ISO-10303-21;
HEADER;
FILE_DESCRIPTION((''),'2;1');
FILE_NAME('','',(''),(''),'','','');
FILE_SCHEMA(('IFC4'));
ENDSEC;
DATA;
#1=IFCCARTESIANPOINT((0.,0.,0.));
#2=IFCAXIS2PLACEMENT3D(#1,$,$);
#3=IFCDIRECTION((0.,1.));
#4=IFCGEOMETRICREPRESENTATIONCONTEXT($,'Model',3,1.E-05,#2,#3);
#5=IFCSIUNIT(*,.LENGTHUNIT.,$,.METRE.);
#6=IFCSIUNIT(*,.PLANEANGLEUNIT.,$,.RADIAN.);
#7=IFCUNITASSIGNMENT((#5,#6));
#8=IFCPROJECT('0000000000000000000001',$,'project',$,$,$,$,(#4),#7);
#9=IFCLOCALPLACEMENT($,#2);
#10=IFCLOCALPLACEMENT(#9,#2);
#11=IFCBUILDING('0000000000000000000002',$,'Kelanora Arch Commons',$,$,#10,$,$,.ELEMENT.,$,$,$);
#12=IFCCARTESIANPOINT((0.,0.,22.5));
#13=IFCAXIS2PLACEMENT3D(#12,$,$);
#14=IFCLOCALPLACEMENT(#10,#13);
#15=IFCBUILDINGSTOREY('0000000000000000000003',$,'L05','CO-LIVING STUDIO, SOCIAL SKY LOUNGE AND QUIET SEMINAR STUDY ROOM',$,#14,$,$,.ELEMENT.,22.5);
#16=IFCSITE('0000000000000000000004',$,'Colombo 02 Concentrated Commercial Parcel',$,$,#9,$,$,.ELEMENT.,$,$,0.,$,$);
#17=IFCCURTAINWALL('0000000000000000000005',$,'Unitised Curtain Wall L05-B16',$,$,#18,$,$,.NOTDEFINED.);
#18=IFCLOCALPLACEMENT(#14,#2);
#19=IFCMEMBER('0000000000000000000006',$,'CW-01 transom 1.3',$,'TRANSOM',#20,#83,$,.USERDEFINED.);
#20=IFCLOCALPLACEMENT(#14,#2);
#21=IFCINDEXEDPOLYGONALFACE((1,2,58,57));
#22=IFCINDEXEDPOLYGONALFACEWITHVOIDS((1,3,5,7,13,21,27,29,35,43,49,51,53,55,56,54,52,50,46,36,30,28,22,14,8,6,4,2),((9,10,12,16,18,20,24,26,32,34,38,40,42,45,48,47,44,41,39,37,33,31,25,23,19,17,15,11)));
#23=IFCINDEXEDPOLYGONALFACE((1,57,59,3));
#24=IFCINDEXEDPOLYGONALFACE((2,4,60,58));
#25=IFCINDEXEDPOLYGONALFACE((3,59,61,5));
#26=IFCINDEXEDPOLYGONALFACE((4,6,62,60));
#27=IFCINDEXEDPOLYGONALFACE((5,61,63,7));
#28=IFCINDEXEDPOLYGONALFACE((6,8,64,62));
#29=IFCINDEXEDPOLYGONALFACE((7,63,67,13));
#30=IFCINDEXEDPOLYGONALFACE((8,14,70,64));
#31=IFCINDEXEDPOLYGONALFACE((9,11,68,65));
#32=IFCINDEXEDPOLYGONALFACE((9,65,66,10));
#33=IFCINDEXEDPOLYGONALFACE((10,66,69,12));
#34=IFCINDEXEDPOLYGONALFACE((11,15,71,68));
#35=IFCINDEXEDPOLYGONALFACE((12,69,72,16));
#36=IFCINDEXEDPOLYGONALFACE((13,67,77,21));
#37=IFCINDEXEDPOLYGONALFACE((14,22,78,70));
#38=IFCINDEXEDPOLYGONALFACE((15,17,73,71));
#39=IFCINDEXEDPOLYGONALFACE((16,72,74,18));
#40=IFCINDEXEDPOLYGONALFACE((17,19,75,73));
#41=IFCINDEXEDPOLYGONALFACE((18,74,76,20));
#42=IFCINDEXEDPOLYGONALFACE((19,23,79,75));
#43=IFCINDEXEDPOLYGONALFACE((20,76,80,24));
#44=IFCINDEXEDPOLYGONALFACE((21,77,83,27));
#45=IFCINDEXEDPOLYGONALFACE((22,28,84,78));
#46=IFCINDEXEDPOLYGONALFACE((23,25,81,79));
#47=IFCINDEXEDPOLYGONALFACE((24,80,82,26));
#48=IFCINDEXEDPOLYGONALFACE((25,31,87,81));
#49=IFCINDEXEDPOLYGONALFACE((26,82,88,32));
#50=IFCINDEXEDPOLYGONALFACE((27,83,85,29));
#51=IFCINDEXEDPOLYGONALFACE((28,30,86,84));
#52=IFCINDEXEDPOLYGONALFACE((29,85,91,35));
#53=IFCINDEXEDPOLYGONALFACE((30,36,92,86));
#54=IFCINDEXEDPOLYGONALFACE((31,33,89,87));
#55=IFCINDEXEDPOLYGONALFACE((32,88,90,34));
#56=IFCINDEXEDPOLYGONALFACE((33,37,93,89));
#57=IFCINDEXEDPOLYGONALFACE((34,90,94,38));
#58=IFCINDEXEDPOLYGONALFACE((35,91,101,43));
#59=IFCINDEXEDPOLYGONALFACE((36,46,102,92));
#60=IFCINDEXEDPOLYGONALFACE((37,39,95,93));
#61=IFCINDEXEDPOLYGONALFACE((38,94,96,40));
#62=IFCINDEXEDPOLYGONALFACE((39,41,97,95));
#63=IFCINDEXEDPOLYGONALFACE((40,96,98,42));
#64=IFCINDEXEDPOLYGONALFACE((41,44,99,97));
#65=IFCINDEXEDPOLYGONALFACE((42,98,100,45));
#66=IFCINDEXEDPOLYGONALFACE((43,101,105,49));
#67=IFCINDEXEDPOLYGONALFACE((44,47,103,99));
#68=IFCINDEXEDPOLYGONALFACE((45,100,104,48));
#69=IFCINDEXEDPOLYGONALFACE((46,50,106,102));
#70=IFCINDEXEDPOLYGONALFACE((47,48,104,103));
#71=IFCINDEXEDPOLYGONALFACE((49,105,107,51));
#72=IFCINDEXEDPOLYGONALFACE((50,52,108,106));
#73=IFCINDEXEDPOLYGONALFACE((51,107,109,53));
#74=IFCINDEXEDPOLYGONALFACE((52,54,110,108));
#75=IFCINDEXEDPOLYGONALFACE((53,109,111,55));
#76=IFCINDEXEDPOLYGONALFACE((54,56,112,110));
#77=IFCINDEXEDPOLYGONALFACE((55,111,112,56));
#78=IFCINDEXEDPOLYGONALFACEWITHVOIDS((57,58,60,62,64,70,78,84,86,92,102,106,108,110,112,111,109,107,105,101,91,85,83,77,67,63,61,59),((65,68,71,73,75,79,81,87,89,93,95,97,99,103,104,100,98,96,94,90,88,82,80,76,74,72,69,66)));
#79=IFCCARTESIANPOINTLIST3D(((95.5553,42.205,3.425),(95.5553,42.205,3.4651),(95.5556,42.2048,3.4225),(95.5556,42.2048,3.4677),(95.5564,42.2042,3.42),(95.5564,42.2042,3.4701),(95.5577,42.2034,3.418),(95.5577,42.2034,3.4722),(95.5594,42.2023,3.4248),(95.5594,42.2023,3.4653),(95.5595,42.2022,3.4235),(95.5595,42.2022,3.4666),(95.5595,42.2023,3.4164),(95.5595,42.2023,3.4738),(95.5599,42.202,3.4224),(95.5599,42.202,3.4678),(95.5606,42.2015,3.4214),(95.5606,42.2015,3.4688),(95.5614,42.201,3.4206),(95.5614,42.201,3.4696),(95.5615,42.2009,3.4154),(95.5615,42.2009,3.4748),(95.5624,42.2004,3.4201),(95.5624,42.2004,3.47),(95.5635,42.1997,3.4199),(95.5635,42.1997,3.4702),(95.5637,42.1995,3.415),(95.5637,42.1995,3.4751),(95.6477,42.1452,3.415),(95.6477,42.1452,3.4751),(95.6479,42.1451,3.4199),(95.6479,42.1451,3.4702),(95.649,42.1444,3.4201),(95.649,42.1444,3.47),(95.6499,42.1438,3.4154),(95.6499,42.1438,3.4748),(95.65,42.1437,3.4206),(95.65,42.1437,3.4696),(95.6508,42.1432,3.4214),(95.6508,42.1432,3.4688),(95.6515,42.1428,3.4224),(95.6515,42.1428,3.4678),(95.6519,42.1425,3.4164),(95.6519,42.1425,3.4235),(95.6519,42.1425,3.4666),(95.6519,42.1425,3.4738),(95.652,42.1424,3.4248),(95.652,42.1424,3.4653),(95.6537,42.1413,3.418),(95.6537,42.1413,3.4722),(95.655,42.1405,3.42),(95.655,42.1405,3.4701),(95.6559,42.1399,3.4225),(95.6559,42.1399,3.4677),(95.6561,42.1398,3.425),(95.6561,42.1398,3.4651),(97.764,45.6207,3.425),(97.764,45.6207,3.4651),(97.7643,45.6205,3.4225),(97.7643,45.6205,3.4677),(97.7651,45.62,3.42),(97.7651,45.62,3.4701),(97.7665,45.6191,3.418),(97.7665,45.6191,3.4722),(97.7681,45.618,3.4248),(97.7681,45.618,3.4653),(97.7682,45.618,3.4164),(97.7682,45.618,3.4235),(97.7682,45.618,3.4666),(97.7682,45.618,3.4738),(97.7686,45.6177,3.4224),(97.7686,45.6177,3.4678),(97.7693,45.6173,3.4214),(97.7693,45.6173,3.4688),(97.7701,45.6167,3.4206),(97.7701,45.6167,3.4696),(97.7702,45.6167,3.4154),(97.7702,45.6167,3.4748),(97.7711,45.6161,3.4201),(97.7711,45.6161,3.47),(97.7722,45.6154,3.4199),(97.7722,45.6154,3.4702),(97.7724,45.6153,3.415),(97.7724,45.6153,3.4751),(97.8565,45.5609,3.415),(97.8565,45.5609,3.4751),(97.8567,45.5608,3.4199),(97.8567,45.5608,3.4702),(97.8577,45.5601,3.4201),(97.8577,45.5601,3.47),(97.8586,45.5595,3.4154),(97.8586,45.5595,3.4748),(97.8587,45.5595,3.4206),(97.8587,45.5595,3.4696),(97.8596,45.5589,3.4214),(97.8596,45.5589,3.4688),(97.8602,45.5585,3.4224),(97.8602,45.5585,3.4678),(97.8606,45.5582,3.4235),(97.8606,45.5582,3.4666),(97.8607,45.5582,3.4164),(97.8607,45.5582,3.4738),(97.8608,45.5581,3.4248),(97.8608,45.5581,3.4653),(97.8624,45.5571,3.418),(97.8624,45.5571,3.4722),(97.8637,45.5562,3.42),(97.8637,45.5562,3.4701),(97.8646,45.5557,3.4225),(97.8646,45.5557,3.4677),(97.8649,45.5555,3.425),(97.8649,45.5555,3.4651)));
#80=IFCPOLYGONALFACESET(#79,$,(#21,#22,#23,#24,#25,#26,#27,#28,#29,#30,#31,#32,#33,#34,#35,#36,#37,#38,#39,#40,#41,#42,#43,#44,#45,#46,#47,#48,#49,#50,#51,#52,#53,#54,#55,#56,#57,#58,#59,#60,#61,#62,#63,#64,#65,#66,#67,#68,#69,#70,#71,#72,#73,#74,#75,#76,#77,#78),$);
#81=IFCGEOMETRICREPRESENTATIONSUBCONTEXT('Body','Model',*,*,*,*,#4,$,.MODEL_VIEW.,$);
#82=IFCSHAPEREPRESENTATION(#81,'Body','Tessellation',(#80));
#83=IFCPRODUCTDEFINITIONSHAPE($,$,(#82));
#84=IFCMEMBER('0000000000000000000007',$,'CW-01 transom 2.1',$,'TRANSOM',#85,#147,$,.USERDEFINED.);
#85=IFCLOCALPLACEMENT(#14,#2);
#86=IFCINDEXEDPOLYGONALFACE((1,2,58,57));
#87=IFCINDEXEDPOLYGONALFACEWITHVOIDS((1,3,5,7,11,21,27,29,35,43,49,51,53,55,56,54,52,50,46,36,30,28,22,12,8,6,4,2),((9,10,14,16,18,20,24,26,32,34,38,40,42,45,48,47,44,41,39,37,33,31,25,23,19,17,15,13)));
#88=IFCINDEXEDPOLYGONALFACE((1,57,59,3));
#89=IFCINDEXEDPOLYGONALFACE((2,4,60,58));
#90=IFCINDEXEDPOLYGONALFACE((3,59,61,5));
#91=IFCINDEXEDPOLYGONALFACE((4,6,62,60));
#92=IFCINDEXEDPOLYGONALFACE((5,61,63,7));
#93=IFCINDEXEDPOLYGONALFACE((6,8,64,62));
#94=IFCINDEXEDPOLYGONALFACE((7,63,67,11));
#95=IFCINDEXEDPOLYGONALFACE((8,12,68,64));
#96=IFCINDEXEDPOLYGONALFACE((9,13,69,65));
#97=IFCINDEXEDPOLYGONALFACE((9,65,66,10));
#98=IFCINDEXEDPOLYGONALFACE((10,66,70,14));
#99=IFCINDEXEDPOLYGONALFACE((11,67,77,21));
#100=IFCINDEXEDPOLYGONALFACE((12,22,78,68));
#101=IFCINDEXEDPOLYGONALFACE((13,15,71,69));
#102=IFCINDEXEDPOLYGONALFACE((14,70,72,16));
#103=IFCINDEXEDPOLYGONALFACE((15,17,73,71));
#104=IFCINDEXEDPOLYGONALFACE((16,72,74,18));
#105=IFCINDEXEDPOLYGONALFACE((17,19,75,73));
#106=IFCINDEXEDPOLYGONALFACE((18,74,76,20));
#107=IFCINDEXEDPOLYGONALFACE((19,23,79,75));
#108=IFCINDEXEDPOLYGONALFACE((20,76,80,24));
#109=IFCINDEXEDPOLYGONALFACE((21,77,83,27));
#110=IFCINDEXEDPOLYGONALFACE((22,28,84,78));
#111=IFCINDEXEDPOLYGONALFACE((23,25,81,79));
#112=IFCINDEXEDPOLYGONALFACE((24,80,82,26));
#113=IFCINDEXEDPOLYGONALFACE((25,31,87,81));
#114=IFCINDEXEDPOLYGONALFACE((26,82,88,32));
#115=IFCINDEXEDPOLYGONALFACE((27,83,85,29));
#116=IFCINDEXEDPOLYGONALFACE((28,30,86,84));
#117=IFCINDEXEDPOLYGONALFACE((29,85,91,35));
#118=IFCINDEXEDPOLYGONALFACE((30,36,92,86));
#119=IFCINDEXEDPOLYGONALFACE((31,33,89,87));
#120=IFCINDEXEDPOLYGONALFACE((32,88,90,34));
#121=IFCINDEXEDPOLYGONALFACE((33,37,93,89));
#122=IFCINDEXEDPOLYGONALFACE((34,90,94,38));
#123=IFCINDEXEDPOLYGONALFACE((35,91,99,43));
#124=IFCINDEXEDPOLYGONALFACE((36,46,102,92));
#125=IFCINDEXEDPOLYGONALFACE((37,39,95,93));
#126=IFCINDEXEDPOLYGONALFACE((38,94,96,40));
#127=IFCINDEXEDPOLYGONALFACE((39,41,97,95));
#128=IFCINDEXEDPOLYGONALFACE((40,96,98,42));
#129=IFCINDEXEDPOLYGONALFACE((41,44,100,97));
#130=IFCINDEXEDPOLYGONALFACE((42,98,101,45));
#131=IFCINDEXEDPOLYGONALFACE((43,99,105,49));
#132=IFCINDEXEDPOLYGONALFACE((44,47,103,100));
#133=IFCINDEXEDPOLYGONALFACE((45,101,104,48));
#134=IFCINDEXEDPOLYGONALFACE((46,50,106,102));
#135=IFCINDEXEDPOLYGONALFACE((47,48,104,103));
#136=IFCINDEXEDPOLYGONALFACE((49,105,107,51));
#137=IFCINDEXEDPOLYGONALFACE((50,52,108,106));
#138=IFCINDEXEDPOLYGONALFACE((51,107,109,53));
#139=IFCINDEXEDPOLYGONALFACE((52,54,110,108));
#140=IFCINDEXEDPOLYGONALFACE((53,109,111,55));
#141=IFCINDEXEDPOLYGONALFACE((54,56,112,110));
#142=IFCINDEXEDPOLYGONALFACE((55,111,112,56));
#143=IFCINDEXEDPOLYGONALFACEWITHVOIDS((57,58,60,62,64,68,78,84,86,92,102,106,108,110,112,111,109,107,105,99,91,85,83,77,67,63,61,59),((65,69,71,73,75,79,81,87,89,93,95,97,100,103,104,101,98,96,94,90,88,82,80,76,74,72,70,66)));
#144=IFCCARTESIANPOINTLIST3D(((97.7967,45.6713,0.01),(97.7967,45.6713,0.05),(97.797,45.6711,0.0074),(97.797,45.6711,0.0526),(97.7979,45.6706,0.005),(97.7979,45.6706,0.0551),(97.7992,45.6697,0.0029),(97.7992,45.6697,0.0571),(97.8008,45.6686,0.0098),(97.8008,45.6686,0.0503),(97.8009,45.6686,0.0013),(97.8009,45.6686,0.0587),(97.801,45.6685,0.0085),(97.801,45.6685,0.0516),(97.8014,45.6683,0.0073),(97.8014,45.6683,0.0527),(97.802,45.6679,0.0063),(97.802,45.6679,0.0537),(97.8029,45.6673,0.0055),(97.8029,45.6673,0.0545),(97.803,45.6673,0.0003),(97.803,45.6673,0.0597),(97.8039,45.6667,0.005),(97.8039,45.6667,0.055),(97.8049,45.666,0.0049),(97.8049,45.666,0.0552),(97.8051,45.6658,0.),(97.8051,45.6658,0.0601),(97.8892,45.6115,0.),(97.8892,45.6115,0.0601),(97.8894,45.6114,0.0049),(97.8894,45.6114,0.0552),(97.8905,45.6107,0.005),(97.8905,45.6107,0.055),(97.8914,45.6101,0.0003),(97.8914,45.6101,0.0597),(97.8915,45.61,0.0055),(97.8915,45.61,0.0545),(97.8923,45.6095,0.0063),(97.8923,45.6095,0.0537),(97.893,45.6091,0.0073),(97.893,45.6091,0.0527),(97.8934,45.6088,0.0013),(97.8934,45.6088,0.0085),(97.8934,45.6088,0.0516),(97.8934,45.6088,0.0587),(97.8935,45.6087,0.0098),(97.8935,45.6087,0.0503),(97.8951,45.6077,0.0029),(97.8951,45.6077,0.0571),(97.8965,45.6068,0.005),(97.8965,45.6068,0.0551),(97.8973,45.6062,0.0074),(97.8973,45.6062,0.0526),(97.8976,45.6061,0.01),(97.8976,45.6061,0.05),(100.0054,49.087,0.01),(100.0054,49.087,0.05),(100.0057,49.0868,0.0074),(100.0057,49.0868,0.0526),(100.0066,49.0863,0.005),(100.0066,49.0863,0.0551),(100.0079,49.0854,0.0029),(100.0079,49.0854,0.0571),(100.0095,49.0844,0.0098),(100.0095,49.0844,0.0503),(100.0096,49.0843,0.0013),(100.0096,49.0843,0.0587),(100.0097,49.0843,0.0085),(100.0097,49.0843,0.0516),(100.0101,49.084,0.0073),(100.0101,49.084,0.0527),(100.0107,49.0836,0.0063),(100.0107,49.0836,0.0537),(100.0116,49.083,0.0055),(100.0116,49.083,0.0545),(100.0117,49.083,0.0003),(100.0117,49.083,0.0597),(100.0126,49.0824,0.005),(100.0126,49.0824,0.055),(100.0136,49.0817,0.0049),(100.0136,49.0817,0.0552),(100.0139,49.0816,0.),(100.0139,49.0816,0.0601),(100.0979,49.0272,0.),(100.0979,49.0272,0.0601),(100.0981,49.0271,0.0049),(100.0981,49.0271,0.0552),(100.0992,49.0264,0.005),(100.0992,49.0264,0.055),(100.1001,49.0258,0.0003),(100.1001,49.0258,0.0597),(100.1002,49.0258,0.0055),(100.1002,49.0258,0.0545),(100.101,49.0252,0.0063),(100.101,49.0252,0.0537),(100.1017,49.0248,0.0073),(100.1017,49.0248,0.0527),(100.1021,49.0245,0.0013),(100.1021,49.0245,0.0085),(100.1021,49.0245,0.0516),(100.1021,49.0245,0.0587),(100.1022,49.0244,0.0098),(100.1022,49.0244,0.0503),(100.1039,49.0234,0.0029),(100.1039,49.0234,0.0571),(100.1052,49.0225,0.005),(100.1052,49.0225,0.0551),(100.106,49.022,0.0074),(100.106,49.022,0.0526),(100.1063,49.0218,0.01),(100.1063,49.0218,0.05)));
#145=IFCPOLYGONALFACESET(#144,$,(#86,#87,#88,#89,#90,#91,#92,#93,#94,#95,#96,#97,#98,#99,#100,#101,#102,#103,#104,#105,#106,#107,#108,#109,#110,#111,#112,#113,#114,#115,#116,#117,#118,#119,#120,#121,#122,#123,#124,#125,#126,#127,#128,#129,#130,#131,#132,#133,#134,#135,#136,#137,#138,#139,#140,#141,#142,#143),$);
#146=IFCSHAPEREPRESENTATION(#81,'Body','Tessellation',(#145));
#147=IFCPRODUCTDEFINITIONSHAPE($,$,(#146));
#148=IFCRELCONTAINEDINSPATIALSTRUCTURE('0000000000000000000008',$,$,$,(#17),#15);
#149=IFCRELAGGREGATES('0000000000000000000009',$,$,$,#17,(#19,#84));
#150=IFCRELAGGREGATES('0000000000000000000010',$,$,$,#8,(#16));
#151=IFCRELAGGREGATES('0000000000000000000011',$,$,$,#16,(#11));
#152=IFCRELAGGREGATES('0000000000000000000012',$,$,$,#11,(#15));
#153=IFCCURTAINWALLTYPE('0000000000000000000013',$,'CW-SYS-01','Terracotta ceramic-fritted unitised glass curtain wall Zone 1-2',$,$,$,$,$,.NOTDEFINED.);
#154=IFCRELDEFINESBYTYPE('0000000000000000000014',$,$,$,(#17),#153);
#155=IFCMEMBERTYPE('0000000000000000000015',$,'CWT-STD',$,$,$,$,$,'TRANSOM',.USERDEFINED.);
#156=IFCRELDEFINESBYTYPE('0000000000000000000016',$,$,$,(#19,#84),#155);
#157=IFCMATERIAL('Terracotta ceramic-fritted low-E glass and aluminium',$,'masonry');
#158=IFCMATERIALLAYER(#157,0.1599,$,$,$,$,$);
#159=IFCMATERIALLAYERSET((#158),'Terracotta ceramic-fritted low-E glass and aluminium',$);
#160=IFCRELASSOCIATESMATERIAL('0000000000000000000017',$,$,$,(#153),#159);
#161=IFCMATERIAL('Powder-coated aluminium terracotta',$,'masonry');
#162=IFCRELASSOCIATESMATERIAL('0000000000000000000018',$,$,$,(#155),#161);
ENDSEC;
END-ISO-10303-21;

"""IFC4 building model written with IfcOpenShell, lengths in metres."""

from ifc_helpers import new_model, si_unit, direction, frame, origin, origin_2d, place, context, subcontext, project, spatial, hollow_rectangle, extrude, material, layer, layer_set, material_profile, profile_set, type_object, element, aggregate, save


model = new_model("IFC4")

# Units and contexts
model_context = context("Model", 3, precision=1e-05, world=origin(), true_north=direction((0.0, 1.0)))
body_context = subcontext(model_context, "Body", "Model", "MODEL_VIEW")
ifc_project = project(units=[si_unit("LENGTHUNIT", "METRE"), si_unit("PLANEANGLEUNIT", "RADIAN")], contexts=[model_context])

# Site, building, storey
site_placement = place(None, origin())
site = spatial("IfcSite", under=ifc_project, at=site_placement, Name="Colombo 02 Concentrated Commercial Parcel", CompositionType="ELEMENT", RefElevation=0.0)
building_placement = place(site_placement, origin())
building = spatial("IfcBuilding", under=site, at=building_placement, Name="Kelanora Arch Commons", CompositionType="ELEMENT")
storey_placement = place(building_placement, frame((0.0, 0.0, 22.5)))
storey = spatial("IfcBuildingStorey", under=building, at=storey_placement, Name="L05", Description="CO-LIVING STUDIO, SOCIAL SKY LOUNGE AND QUIET SEMINAR STUDY ROOM", CompositionType="ELEMENT", Elevation=22.5)

# Curtain wall, members
ifc_material_1 = material(Name="Terracotta ceramic-fritted low-E glass and aluminium", Category="masonry")
ifc_layer_1 = layer(ifc_material_1, 0.1599)
ifc_layer_set_1 = layer_set([ifc_layer_1], Name="Terracotta ceramic-fritted low-E glass and aluminium")
curtain_wall_type = type_object("IfcCurtainWallType", Name="CW-SYS-01", Description="Terracotta ceramic-fritted unitised glass curtain wall Zone 1-2", PredefinedType="NOTDEFINED", material=ifc_layer_set_1)
curtain_wall_placement = place(storey_placement, origin())
curtain_wall = element("IfcCurtainWall", 1, at=curtain_wall_placement, inside=storey, type_object=curtain_wall_type, Name="Unitised Curtain Wall L05-B16", PredefinedType="NOTDEFINED")
ifc_material_2 = material(Name="Powder-coated aluminium terracotta", Category="masonry")
ifc_material_profile_1 = material_profile(ifc_material_2, hollow_rectangle(XDim=0.1201, YDim=0.0601, WallThickness=0.0049, InnerFilletRadius=0.0049, OuterFilletRadius=0.01, at=origin_2d()), Name="CWT120x60")
ifc_profile_set_1 = profile_set([ifc_material_profile_1], Name="Powder-coated aluminium terracotta")
member_type_1 = type_object("IfcMemberType", Name="CWT-STD", ElementType="TRANSOM", PredefinedType="USERDEFINED", material=ifc_profile_set_1)
member_1_placement = place(storey_placement, frame((95.6057, 42.1724, 3.4451), z_axis=(0.542997, 0.839734, 0.0), x_axis=(-0.839734, 0.542997, 0.0)))
member_1 = element("IfcMember", 2, at=member_1_placement, type_object=member_type_1, Name="CW-01 transom 1.3", ObjectType="TRANSOM", PredefinedType="USERDEFINED", context=body_context, shape_type="SweptSolid", body=[
    extrude(hollow_rectangle(XDim=0.1201, YDim=0.0601, WallThickness=0.0049, InnerFilletRadius=0.0049, OuterFilletRadius=0.01, at=origin_2d()), origin(), (0.0, 0.0, 1.0), 4.0676),
])
member_2_placement = place(storey_placement, frame((97.8472, 45.6387, 0.03), z_axis=(0.542997, 0.839734, 0.0), x_axis=(-0.839734, 0.542997, 0.0)))
member_2 = element("IfcMember", 3, at=member_2_placement, type_object=member_type_1, Name="CW-01 transom 2.1", ObjectType="TRANSOM", PredefinedType="USERDEFINED", context=body_context, shape_type="SweptSolid", body=[
    extrude(hollow_rectangle(XDim=0.1201, YDim=0.0601, WallThickness=0.0049, InnerFilletRadius=0.0049, OuterFilletRadius=0.01, at=origin_2d()), origin(), (0.0, 0.0, 1.0), 4.0676),
])
aggregate(curtain_wall, [member_1, member_2])

save(model, "model.ifc")
